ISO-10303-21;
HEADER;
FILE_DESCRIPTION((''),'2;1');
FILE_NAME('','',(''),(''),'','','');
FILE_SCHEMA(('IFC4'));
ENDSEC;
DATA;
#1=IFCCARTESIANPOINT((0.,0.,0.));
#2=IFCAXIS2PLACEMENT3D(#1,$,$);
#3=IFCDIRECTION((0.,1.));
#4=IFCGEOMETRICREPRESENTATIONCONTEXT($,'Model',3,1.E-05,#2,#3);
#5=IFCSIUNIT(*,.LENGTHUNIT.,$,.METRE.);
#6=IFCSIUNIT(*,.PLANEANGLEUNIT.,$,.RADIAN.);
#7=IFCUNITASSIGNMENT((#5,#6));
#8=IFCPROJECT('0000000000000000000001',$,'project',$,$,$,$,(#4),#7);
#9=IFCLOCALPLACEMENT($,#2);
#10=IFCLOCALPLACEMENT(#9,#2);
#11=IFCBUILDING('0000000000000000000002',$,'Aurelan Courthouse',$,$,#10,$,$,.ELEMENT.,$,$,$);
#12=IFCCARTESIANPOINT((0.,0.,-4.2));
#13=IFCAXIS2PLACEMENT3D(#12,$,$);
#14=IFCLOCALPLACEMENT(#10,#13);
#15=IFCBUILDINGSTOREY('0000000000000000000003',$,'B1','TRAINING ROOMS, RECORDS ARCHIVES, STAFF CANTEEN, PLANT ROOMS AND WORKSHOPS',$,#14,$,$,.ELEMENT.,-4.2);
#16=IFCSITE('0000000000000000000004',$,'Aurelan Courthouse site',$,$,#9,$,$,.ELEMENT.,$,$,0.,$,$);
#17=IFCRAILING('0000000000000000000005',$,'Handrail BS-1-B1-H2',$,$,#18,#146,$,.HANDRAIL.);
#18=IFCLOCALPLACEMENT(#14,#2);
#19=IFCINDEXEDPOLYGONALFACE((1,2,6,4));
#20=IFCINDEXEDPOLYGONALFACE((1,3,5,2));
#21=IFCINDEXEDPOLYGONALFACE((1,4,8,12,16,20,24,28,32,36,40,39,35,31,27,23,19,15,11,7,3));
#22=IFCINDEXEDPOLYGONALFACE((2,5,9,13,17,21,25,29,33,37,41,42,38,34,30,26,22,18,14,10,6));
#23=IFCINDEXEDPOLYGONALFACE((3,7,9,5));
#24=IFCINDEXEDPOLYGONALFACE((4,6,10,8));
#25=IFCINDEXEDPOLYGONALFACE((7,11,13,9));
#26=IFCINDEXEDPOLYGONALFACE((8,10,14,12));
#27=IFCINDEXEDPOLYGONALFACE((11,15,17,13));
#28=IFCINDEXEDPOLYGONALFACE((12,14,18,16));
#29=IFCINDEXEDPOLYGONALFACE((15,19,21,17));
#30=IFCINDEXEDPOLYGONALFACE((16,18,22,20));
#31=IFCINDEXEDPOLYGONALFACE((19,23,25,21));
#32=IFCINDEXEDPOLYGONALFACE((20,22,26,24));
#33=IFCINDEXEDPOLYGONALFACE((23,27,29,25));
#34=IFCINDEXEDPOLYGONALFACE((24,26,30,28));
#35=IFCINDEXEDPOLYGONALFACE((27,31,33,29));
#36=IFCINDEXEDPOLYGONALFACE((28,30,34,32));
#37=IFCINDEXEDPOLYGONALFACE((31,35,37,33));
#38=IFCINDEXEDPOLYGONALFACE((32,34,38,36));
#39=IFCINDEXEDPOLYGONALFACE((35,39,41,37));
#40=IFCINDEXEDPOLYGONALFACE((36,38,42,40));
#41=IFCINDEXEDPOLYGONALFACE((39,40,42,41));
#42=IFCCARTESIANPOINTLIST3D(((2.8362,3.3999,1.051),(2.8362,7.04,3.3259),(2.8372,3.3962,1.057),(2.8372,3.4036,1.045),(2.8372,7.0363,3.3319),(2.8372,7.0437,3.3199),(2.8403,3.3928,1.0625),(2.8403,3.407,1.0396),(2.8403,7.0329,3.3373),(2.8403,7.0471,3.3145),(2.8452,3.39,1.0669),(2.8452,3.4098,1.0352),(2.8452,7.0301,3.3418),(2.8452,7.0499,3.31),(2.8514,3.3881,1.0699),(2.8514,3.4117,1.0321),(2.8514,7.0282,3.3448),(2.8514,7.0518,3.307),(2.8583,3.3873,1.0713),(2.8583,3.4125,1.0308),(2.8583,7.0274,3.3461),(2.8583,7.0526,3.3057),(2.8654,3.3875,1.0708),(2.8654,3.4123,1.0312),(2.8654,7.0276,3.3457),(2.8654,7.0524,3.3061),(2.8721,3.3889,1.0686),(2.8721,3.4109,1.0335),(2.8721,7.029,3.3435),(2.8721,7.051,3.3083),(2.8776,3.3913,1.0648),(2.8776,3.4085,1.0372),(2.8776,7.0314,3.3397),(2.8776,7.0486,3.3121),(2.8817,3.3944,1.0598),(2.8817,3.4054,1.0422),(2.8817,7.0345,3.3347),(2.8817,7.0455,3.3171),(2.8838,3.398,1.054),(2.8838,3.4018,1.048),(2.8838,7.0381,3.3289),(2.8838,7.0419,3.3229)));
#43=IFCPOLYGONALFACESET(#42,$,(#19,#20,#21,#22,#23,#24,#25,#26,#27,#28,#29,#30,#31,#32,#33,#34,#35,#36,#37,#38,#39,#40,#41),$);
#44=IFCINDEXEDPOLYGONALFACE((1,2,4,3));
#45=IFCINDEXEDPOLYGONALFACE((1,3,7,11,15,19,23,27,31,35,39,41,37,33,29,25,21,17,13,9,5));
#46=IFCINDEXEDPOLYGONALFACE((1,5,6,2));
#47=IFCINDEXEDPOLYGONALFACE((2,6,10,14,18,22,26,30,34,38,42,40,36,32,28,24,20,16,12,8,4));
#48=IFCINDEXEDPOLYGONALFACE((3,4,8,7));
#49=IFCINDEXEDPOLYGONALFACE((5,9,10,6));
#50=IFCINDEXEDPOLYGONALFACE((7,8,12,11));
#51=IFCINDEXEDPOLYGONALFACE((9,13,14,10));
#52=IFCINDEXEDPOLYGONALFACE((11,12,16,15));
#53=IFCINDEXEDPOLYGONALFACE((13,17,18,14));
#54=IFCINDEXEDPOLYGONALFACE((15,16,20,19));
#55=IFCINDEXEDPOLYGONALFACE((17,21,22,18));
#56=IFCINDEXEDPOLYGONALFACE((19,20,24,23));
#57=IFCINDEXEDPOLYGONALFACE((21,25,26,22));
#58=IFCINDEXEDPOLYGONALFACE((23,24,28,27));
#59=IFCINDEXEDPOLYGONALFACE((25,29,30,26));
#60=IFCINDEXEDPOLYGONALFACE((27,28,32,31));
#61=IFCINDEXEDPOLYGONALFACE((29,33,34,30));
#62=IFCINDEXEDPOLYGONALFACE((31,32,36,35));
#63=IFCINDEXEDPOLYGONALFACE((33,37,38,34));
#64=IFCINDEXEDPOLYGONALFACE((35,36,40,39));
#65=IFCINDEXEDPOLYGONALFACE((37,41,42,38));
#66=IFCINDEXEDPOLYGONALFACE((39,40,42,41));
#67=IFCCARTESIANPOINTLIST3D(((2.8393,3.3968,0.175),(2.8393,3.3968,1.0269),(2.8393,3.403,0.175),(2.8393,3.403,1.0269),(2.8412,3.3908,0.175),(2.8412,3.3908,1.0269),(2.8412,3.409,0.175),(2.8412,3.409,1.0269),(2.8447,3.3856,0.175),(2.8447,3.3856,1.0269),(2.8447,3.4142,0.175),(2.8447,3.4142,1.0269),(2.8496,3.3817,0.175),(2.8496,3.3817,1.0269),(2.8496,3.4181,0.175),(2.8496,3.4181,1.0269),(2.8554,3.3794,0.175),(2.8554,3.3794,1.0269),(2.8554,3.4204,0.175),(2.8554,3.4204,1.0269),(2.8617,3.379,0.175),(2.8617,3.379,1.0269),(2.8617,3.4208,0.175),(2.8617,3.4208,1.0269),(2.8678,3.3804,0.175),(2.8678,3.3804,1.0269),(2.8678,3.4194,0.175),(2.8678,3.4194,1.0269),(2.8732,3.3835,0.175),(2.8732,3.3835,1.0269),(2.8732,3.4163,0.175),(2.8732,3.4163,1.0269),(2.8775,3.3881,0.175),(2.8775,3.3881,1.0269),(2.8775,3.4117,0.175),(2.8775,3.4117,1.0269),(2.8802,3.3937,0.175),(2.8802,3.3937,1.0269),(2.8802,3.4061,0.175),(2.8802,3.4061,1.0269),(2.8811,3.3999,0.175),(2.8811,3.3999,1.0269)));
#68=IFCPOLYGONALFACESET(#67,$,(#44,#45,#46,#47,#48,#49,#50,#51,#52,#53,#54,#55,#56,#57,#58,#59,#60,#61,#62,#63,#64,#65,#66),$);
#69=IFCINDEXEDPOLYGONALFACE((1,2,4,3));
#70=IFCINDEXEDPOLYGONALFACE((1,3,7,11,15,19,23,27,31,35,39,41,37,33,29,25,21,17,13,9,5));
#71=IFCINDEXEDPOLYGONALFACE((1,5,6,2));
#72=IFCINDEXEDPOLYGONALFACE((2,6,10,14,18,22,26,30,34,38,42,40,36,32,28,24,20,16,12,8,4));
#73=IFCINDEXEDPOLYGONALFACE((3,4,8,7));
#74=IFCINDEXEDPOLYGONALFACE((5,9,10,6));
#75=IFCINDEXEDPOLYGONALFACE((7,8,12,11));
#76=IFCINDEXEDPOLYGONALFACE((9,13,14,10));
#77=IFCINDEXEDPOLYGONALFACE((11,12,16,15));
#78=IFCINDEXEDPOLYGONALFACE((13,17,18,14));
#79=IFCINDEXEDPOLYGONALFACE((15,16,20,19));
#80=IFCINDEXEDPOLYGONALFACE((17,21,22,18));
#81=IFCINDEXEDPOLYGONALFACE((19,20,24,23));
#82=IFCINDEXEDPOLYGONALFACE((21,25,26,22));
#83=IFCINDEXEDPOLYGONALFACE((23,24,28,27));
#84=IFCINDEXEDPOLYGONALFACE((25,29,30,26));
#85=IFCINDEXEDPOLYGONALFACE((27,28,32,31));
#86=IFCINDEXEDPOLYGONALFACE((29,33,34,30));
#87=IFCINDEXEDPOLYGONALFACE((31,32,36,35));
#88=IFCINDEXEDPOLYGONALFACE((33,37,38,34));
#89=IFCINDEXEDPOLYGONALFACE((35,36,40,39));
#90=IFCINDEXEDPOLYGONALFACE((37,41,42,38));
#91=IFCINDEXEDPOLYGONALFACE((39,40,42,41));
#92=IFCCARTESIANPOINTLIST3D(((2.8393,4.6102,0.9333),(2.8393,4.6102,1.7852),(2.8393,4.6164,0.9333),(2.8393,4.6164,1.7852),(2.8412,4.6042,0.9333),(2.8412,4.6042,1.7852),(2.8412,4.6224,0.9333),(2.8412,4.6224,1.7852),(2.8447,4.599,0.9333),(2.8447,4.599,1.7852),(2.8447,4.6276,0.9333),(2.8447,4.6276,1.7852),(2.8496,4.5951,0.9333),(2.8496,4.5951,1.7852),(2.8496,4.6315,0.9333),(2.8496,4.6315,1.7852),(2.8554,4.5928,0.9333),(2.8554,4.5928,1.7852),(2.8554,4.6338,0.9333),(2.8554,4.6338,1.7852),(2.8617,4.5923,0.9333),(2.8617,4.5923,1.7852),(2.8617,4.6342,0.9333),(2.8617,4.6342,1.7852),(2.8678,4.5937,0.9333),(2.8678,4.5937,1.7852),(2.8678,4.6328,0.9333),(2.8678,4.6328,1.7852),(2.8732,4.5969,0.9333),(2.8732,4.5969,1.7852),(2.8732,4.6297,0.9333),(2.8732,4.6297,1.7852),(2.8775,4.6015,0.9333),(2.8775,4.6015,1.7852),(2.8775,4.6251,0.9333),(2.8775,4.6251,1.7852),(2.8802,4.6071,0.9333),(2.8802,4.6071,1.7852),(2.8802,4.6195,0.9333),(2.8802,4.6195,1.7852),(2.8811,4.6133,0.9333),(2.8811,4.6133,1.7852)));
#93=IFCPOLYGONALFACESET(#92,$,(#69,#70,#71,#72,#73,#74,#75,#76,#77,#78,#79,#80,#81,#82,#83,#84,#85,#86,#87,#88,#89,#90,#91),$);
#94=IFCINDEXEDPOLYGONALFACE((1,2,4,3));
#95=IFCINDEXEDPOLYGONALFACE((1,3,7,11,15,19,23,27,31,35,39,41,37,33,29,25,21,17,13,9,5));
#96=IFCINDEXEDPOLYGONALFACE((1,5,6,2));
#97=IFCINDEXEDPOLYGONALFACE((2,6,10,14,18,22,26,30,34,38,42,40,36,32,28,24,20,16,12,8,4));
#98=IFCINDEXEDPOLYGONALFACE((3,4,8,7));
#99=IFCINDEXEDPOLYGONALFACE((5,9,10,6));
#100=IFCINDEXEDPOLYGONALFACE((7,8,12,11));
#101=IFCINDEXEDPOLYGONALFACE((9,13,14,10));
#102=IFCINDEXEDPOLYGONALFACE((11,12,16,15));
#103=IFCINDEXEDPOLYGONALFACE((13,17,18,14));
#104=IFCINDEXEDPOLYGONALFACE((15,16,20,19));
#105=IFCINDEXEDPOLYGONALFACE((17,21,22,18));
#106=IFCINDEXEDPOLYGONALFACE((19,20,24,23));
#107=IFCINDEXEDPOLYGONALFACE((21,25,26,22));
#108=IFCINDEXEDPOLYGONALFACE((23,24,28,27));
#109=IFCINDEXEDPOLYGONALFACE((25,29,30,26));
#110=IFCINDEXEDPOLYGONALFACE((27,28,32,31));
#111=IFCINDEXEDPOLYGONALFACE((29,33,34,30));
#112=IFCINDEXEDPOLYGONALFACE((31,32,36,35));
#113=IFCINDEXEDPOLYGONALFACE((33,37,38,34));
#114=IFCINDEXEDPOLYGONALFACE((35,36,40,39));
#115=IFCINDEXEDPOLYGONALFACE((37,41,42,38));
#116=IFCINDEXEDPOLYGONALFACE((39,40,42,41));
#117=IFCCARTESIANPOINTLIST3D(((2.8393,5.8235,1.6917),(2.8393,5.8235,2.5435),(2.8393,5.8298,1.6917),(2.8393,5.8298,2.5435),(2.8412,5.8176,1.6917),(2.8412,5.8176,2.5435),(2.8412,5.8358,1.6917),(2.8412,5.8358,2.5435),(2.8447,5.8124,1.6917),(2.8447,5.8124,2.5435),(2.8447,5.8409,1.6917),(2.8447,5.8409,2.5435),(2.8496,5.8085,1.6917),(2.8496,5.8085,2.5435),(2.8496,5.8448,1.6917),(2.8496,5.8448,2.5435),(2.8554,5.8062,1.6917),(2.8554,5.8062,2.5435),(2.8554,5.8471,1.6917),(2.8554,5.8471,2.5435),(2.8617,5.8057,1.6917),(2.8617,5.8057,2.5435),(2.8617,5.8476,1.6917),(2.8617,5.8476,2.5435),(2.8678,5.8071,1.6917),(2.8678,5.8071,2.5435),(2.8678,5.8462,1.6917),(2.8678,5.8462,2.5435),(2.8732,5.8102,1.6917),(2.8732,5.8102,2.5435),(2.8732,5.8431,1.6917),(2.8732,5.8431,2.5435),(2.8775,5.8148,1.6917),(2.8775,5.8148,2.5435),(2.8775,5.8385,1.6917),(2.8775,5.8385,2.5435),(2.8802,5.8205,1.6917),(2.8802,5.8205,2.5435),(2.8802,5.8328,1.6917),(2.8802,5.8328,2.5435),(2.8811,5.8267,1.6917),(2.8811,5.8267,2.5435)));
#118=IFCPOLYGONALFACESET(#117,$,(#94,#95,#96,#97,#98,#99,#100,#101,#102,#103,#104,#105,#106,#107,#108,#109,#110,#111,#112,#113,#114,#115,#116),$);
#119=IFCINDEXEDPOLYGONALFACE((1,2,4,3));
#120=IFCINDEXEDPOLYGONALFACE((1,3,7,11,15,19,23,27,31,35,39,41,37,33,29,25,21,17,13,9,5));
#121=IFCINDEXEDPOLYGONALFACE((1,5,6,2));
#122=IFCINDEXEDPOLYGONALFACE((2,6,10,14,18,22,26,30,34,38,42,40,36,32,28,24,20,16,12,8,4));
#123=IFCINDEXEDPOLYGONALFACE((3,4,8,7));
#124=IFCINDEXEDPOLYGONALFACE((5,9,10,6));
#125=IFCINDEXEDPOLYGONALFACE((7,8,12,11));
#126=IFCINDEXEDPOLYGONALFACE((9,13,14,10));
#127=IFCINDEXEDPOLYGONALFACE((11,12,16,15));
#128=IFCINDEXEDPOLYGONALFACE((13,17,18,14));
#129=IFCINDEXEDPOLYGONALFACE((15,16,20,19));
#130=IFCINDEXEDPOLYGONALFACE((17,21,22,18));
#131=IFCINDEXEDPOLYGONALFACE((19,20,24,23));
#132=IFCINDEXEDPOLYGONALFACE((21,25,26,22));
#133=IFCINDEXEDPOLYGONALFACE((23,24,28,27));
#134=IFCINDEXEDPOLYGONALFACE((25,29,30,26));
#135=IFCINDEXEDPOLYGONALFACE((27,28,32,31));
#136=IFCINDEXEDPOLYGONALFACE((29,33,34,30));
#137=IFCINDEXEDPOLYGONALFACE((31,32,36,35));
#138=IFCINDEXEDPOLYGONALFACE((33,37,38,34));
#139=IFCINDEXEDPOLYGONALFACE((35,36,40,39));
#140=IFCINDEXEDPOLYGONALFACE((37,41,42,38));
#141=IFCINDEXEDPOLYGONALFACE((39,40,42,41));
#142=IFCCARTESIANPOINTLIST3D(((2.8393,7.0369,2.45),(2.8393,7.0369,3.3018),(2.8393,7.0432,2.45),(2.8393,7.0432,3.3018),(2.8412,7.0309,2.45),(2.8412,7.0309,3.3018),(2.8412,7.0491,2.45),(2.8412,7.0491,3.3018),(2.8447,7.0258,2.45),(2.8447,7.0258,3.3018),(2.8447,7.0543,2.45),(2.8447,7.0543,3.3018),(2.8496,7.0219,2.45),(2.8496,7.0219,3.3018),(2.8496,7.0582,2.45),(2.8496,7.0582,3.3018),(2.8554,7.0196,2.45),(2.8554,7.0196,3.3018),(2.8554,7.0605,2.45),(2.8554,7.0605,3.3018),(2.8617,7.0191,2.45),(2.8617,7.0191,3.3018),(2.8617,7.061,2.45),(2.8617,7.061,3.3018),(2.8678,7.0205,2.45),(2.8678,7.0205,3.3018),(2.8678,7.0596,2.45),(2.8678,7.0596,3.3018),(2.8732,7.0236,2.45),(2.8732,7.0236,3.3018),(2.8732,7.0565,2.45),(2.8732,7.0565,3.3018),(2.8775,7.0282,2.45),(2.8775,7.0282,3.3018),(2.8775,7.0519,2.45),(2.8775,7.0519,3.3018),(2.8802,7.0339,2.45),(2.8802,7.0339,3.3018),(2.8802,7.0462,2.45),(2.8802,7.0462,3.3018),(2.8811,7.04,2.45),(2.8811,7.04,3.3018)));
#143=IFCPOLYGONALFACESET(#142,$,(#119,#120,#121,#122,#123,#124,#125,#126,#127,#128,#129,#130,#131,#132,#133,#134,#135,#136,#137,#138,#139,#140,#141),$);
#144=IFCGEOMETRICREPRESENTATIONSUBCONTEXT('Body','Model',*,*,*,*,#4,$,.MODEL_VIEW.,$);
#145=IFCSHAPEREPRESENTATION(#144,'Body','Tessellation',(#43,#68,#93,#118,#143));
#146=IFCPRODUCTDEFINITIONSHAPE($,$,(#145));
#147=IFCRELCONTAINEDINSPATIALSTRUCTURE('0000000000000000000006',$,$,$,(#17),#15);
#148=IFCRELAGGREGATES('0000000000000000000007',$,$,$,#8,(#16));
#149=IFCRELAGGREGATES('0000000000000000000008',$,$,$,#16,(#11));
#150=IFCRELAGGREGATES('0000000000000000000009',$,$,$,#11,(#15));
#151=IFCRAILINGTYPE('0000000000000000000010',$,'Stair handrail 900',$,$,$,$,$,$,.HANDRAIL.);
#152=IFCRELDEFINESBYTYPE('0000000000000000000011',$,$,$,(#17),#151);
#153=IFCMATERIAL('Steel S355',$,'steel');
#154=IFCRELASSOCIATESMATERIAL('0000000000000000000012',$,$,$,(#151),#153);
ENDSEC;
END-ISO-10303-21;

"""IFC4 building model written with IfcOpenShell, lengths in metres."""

from ifc_helpers import new_model, si_unit, direction, frame, origin, origin_2d, place, context, subcontext, project, spatial, circle, extrude, material, type_object, element, save


model = new_model("IFC4")

# Units and contexts
model_context = context("Model", 3, precision=1e-05, world=origin(), true_north=direction((0.0, 1.0)))
body_context = subcontext(model_context, "Body", "Model", "MODEL_VIEW")
ifc_project = project(units=[si_unit("LENGTHUNIT", "METRE"), si_unit("PLANEANGLEUNIT", "RADIAN")], contexts=[model_context])

# Site, building, storey
site_placement = place(None, origin())
site = spatial("IfcSite", under=ifc_project, at=site_placement, Name="Aurelan Courthouse site", CompositionType="ELEMENT", RefElevation=0.0)
building_placement = place(site_placement, origin())
building = spatial("IfcBuilding", under=site, at=building_placement, Name="Aurelan Courthouse", CompositionType="ELEMENT")
storey_placement = place(building_placement, frame((0.0, 0.0, -4.2)))
storey = spatial("IfcBuildingStorey", under=building, at=storey_placement, Name="B1", Description="TRAINING ROOMS, RECORDS ARCHIVES, STAFF CANTEEN, PLANT ROOMS AND WORKSHOPS", CompositionType="ELEMENT", Elevation=-4.2)

# Railing
ifc_material_1 = material(Name="Steel S355", Category="steel")
railing_type_1 = type_object("IfcRailingType", Name="Stair handrail 900", PredefinedType="HANDRAIL", material=ifc_material_1)
for number, where, name in (
    (1, (2.8601, 3.3999, 0.175), "Handrail BS-1-B1-H2"),
):
    element("IfcRailing", number, at=place(storey_placement, frame(where)), inside=storey, type_object=railing_type_1, Name=name, PredefinedType="HANDRAIL", context=body_context, shape_type="SweptSolid", body=[
        extrude(circle(Radius=0.0239, at=origin_2d()), frame((0.0, 0.0, 0.876), z_axis=(0.0, 0.848017, 0.529968), x_axis=(-1.0, 0.0, 0.0)), (0.0, 0.0, 1.0), 4.2925),
        extrude(circle(Radius=0.021, at=origin_2d()), origin(), (0.0, 0.0, 1.0), 0.8518),
        extrude(circle(Radius=0.021, at=origin_2d()), frame((0.0, 1.2134, 0.7583)), (0.0, 0.0, 1.0), 0.8518),
        extrude(circle(Radius=0.021, at=origin_2d()), frame((0.0, 2.4268, 1.5166)), (0.0, 0.0, 1.0), 0.8518),
        extrude(circle(Radius=0.021, at=origin_2d()), frame((0.0, 3.6401, 2.2749)), (0.0, 0.0, 1.0), 0.8518),
    ])

save(model, "model.ifc")
